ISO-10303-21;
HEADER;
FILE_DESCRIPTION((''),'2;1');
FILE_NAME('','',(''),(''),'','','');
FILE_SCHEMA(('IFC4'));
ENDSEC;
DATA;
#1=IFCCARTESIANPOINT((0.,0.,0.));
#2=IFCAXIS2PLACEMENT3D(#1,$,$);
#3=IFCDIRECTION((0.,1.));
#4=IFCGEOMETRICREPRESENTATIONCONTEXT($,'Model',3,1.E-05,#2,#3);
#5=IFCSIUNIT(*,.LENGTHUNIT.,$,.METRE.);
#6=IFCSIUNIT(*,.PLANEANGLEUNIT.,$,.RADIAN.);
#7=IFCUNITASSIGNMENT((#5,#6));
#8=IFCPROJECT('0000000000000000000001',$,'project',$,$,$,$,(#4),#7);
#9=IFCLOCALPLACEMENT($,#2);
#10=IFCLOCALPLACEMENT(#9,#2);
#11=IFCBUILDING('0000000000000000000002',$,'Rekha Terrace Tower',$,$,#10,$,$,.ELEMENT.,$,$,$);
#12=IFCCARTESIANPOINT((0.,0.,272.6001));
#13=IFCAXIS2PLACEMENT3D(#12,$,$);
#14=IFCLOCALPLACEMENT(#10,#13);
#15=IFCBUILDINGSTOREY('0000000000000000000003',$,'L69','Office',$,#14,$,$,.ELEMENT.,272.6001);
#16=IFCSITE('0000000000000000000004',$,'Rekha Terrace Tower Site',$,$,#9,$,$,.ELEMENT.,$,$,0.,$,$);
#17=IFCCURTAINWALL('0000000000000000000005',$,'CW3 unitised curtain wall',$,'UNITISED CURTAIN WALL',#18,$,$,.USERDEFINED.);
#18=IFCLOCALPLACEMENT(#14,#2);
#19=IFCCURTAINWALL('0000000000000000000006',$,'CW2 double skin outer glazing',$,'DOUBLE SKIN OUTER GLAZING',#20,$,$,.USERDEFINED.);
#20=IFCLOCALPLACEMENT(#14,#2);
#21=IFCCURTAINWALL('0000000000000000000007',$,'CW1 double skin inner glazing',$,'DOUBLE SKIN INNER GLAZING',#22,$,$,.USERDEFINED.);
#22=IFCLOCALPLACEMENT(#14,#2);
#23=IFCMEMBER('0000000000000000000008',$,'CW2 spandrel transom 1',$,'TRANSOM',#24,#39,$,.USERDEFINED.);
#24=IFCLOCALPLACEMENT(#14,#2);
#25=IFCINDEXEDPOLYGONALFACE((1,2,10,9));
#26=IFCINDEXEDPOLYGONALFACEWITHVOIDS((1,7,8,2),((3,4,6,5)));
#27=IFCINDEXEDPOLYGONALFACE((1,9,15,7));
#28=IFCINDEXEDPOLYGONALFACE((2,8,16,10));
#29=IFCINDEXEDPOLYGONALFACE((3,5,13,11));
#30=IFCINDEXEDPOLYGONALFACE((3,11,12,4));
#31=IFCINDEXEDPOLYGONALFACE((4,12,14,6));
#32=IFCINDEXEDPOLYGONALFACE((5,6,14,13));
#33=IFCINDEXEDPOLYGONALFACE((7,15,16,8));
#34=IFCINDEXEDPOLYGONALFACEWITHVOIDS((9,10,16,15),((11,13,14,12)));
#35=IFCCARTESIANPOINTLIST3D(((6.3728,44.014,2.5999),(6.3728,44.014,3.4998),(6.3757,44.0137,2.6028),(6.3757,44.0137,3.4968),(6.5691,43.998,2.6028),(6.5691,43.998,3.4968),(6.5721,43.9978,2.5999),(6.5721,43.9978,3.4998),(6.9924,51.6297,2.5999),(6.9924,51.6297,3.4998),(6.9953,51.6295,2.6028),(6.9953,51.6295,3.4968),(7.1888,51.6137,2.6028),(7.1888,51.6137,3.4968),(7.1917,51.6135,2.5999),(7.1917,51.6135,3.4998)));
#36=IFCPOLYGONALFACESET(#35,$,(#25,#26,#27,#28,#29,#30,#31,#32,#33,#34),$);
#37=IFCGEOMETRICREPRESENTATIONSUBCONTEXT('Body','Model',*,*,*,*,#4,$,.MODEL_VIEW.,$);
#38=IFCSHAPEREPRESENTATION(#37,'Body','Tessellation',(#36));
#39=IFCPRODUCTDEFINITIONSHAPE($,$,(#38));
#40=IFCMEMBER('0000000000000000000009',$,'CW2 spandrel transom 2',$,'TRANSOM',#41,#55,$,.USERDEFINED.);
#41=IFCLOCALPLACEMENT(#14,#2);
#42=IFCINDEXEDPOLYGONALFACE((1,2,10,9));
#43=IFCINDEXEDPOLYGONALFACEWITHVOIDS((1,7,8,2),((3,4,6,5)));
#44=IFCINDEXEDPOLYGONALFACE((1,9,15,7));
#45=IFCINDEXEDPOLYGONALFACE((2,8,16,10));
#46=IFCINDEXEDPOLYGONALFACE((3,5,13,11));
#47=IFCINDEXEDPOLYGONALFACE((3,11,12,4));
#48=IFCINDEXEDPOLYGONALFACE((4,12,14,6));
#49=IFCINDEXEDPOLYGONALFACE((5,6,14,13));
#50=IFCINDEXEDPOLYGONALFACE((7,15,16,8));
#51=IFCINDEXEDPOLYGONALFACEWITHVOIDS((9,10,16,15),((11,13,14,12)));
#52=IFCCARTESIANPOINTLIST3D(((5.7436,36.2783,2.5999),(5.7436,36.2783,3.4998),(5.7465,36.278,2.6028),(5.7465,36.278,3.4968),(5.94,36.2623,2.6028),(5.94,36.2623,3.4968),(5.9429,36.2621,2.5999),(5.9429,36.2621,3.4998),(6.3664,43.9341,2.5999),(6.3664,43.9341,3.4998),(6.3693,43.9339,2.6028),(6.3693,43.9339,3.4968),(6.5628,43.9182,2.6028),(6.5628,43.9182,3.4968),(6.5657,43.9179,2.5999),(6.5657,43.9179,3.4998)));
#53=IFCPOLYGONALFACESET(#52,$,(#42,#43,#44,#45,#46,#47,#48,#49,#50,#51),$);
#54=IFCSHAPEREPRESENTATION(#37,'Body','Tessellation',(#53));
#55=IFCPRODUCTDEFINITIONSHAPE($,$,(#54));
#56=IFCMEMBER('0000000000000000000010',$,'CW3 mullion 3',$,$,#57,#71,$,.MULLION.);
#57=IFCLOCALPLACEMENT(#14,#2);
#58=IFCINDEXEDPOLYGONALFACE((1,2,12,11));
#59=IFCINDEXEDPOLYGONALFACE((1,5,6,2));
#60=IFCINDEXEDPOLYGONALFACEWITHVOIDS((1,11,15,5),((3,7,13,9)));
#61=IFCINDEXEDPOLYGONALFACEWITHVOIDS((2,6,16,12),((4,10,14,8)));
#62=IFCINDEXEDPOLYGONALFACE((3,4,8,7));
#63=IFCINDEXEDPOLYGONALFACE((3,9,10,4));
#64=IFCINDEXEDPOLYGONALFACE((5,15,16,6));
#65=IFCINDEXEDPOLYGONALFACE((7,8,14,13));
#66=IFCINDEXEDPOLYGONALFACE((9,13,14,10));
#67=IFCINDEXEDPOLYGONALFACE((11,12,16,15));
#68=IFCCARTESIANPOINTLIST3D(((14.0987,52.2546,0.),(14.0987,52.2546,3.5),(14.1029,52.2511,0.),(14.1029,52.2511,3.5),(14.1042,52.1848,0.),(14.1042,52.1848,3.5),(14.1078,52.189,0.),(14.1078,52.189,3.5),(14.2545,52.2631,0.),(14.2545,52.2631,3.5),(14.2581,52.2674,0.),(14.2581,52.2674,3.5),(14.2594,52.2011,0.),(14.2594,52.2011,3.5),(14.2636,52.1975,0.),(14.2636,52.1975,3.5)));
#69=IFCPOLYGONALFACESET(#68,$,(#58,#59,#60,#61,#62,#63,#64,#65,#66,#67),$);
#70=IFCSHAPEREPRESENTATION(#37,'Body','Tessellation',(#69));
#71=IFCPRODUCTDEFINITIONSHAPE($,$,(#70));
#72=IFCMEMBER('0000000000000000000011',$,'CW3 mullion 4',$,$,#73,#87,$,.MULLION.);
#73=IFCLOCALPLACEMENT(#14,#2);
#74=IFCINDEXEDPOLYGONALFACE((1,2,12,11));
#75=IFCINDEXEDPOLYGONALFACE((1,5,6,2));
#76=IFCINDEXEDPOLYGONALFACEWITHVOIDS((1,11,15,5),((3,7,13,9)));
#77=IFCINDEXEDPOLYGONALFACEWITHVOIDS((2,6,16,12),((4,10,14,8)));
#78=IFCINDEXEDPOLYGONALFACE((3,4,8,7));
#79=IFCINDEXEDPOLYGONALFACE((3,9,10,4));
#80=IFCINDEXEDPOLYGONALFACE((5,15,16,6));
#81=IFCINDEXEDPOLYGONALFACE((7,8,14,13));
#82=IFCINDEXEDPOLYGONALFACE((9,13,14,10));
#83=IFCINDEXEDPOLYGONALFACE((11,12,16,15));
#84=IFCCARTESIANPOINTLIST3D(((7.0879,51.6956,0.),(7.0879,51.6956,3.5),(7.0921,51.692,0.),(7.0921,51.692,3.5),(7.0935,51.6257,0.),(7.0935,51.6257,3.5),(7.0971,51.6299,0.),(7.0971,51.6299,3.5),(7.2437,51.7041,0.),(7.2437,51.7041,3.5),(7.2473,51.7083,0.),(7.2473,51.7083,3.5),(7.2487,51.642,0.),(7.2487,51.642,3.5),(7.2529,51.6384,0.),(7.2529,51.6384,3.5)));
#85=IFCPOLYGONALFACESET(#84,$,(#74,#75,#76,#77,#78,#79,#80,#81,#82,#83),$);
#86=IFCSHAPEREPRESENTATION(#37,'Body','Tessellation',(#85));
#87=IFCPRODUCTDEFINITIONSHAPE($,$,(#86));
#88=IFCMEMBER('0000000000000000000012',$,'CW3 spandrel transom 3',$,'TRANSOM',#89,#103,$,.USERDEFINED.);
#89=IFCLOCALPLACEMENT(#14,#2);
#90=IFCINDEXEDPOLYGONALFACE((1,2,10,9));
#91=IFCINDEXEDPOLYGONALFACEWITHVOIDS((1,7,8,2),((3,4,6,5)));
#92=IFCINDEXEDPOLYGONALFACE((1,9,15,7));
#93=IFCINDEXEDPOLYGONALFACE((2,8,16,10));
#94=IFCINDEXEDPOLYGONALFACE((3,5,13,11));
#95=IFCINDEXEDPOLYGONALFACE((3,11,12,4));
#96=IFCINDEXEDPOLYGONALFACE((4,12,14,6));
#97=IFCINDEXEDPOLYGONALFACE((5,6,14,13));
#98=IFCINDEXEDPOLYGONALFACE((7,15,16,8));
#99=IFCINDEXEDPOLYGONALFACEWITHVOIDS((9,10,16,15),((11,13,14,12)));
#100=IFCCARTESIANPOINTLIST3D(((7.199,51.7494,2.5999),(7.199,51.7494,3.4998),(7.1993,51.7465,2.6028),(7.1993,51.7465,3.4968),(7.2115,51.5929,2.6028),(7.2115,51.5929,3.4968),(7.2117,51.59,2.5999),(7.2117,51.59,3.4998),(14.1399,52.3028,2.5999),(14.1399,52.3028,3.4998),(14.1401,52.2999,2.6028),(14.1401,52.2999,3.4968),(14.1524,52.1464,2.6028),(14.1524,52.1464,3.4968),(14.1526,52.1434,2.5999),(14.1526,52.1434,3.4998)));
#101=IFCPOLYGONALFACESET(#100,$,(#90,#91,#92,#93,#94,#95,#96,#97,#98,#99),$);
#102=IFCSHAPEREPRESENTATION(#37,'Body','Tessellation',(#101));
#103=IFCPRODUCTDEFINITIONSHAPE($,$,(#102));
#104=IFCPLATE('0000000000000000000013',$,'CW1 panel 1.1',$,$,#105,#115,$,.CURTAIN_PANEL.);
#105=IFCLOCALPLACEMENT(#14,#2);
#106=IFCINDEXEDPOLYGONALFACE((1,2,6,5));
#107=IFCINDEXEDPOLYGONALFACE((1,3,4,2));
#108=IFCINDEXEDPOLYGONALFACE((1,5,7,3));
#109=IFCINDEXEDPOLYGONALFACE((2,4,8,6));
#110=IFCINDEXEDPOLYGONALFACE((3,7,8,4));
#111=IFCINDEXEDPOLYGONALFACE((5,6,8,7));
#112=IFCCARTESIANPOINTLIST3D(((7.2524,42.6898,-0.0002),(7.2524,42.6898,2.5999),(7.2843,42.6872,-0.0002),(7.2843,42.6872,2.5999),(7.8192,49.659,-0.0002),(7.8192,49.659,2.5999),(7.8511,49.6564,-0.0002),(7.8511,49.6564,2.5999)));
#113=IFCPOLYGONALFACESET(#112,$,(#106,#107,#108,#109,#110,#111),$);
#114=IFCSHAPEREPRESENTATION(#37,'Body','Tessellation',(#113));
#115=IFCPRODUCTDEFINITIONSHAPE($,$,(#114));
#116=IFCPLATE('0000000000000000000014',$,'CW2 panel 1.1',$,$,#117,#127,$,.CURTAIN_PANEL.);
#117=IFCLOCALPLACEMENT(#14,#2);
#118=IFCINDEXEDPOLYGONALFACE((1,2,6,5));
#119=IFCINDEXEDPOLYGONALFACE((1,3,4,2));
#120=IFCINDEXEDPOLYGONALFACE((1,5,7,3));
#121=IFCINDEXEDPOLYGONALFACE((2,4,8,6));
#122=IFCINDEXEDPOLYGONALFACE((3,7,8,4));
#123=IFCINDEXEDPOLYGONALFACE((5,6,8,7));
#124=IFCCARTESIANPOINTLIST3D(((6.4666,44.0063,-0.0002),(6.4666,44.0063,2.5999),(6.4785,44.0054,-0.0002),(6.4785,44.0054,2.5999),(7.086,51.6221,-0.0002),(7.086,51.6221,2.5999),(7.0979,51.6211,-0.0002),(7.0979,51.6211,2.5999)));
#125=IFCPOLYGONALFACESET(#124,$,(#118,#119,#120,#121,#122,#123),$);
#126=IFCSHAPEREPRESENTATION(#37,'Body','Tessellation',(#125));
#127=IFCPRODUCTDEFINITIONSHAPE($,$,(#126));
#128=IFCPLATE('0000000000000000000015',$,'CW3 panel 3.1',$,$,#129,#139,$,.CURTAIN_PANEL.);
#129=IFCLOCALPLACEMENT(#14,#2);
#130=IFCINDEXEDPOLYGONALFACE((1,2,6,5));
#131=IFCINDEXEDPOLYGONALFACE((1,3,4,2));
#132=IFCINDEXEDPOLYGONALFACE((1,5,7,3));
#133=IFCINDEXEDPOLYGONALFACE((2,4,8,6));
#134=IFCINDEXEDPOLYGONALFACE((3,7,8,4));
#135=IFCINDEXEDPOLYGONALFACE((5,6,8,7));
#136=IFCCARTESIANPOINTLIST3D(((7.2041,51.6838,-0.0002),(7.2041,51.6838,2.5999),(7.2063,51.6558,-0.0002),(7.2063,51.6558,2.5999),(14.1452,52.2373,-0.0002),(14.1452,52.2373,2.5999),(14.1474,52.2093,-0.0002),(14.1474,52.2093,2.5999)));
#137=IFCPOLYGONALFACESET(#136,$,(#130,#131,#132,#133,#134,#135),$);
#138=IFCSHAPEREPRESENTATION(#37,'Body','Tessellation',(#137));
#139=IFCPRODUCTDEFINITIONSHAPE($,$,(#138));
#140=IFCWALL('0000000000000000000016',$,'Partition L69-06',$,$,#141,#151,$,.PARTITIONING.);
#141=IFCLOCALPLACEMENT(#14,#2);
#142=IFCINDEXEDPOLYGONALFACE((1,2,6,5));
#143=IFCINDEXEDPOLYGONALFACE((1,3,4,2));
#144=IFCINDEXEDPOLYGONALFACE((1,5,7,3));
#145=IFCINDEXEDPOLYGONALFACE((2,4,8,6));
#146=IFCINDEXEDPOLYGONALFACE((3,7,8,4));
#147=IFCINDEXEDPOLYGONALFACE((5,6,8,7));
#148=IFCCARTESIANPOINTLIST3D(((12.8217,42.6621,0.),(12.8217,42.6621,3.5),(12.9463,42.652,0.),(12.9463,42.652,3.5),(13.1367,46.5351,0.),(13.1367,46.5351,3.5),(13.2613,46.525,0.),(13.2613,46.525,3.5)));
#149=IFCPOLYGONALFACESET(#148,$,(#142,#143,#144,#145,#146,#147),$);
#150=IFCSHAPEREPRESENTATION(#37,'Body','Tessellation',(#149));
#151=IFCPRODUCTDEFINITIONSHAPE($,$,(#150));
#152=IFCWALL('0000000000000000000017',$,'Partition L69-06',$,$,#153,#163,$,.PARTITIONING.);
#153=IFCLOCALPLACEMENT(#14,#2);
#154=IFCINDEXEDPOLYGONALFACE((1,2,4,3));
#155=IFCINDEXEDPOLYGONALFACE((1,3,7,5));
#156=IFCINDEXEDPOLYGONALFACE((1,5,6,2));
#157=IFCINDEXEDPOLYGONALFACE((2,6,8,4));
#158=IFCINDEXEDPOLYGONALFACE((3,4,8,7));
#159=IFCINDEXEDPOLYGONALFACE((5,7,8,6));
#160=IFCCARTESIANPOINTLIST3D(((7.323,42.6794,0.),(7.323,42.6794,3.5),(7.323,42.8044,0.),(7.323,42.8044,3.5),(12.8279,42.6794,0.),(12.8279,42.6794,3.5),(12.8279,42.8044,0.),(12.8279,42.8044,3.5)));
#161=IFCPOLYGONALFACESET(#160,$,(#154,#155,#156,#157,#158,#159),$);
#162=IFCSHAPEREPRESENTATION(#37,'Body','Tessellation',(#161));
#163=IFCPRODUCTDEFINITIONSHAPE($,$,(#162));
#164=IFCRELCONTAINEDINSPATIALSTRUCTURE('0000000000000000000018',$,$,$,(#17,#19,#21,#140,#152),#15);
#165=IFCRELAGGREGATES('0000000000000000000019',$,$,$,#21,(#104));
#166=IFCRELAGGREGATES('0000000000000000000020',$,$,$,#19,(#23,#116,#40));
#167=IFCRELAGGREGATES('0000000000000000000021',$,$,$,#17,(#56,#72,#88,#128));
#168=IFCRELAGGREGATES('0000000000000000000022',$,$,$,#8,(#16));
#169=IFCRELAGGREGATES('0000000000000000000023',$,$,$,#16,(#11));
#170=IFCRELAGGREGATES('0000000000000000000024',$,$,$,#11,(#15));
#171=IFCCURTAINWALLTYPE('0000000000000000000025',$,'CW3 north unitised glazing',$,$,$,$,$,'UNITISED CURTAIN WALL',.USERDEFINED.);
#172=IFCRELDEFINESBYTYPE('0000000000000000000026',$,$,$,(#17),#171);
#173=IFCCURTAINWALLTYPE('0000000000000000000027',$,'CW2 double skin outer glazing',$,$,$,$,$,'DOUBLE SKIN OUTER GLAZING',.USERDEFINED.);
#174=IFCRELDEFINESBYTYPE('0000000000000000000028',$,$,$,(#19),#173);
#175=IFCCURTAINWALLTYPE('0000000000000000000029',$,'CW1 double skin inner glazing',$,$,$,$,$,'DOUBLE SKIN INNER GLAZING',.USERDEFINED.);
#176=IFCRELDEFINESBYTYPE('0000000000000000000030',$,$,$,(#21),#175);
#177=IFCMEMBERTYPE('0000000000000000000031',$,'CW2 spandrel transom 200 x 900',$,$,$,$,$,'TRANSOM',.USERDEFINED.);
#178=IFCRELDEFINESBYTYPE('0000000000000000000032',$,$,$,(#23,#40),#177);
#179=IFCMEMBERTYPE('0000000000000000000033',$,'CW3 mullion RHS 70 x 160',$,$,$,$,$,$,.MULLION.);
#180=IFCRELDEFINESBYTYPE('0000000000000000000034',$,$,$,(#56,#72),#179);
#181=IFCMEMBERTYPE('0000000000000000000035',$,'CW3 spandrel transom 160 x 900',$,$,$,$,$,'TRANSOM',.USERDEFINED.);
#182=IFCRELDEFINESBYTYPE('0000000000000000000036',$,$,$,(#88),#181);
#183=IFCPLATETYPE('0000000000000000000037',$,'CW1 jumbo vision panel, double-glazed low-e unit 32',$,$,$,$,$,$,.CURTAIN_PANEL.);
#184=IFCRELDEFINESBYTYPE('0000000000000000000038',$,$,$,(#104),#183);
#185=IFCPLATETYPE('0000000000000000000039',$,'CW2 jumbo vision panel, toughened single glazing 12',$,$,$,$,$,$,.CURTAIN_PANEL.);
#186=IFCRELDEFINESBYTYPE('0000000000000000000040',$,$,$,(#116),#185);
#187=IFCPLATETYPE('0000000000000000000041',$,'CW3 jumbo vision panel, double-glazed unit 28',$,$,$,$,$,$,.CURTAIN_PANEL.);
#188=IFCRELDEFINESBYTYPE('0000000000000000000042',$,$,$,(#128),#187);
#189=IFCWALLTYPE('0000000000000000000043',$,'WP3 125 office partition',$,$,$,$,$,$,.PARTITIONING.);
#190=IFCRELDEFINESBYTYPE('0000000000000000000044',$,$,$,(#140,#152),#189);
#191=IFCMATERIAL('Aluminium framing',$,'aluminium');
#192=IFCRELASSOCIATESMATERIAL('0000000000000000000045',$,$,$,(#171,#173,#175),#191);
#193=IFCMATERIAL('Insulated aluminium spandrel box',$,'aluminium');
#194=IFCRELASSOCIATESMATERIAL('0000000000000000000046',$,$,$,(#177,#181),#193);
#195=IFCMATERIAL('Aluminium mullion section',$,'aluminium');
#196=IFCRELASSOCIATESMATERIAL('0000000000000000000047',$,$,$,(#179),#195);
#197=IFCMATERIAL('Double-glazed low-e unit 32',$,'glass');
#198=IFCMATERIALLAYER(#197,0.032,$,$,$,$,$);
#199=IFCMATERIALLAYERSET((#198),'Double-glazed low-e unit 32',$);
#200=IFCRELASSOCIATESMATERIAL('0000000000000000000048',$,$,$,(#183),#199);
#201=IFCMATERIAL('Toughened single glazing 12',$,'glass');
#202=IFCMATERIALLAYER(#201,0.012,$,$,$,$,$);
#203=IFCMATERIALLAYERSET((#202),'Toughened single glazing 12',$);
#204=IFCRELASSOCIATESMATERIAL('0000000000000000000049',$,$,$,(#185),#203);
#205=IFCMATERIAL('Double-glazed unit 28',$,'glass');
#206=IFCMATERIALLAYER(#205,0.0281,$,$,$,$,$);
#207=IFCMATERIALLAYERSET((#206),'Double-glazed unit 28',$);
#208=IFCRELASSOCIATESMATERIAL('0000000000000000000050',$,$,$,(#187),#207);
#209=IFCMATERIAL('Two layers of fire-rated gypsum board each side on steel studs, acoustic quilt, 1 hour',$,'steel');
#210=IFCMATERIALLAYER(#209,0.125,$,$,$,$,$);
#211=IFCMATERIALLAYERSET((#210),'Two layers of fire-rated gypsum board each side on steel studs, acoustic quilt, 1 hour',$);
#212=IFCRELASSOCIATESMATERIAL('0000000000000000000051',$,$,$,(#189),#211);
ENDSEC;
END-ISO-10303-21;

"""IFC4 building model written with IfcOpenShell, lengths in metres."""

from ifc_helpers import new_model, si_unit, direction, frame, frame_2d, origin, origin_2d, place, context, subcontext, project, spatial, rectangle, hollow_rectangle, extrude, material, layer, layer_set, material_profile, profile_set, type_object, element, aggregate, save


model = new_model("IFC4")

# Units and contexts
model_context = context("Model", 3, precision=1e-05, world=origin(), true_north=direction((0.0, 1.0)))
body_context = subcontext(model_context, "Body", "Model", "MODEL_VIEW")
ifc_project = project(units=[si_unit("LENGTHUNIT", "METRE"), si_unit("PLANEANGLEUNIT", "RADIAN")], contexts=[model_context])

# Site, building, storey
site_placement = place(None, origin())
site = spatial("IfcSite", under=ifc_project, at=site_placement, Name="Rekha Terrace Tower Site", CompositionType="ELEMENT", RefElevation=0.0)
building_placement = place(site_placement, origin())
building = spatial("IfcBuilding", under=site, at=building_placement, Name="Rekha Terrace Tower", CompositionType="ELEMENT")
storey_placement = place(building_placement, frame((0.0, 0.0, 272.6001)))
storey = spatial("IfcBuildingStorey", under=building, at=storey_placement, Name="L69", Description="Office", CompositionType="ELEMENT", Elevation=272.6001)

# Curtain walls
ifc_material_1 = material(Name="Aluminium framing", Category="aluminium")
curtain_wall_type_1 = type_object("IfcCurtainWallType", Name="CW3 north unitised glazing", ElementType="UNITISED CURTAIN WALL", PredefinedType="USERDEFINED", material=ifc_material_1)
curtain_wall_1_placement = place(storey_placement, origin())
curtain_wall_1 = element("IfcCurtainWall", 1, at=curtain_wall_1_placement, inside=storey, type_object=curtain_wall_type_1, Name="CW3 unitised curtain wall", ObjectType="UNITISED CURTAIN WALL", PredefinedType="USERDEFINED")
curtain_wall_type_2 = type_object("IfcCurtainWallType", Name="CW2 double skin outer glazing", ElementType="DOUBLE SKIN OUTER GLAZING", PredefinedType="USERDEFINED", material=ifc_material_1)
curtain_wall_2_placement = place(storey_placement, origin())
curtain_wall_2 = element("IfcCurtainWall", 2, at=curtain_wall_2_placement, inside=storey, type_object=curtain_wall_type_2, Name="CW2 double skin outer glazing", ObjectType="DOUBLE SKIN OUTER GLAZING", PredefinedType="USERDEFINED")

# Curtain wall
curtain_wall_type_3 = type_object("IfcCurtainWallType", Name="CW1 double skin inner glazing", ElementType="DOUBLE SKIN INNER GLAZING", PredefinedType="USERDEFINED", material=ifc_material_1)
curtain_wall_3_placement = place(storey_placement, origin())
curtain_wall_3 = element("IfcCurtainWall", 3, at=curtain_wall_3_placement, inside=storey, type_object=curtain_wall_type_3, Name="CW1 double skin inner glazing", ObjectType="DOUBLE SKIN INNER GLAZING", PredefinedType="USERDEFINED")
ifc_material_2 = material(Name="Aluminium mullion section", Category="aluminium")
ifc_material_3 = material(Name="Insulated aluminium spandrel box", Category="aluminium")

# Members
ifc_material_profile_1 = material_profile(ifc_material_3, hollow_rectangle(XDim=0.2, YDim=0.8999, WallThickness=0.0029, at=origin_2d()), Name="AL SPANDREL BOX 200x900")
ifc_profile_set_1 = profile_set([ifc_material_profile_1], Name="Insulated aluminium spandrel box")
member_type_1 = type_object("IfcMemberType", Name="CW2 spandrel transom 200 x 900", ElementType="TRANSOM", PredefinedType="USERDEFINED", material=ifc_profile_set_1)
member_1_placement = place(storey_placement, frame((7.092, 51.6216, 3.0498), z_axis=(-0.081094, -0.996706, 0.0), x_axis=(0.996706, -0.081094, 0.0)))
member_1 = element("IfcMember", 4, at=member_1_placement, type_object=member_type_1, Name="CW2 spandrel transom 1", ObjectType="TRANSOM", PredefinedType="USERDEFINED", context=body_context, shape_type="SweptSolid", body=[
    extrude(hollow_rectangle(XDim=0.2, YDim=0.8999, WallThickness=0.0029, at=origin_2d()), origin(), (0.0, 0.0, 1.0), 7.6409),
])
member_2_placement = place(storey_placement, frame((6.4661, 43.926, 3.0498), z_axis=(-0.081083, -0.996707, 0.0), x_axis=(0.996707, -0.081083, 0.0)))
member_2 = element("IfcMember", 5, at=member_2_placement, type_object=member_type_1, Name="CW2 spandrel transom 2", ObjectType="TRANSOM", PredefinedType="USERDEFINED", context=body_context, shape_type="SweptSolid", body=[
    extrude(hollow_rectangle(XDim=0.2, YDim=0.8999, WallThickness=0.0029, at=origin_2d()), origin(), (0.0, 0.0, 1.0), 7.6812),
])
ifc_material_profile_2 = material_profile(ifc_material_2, hollow_rectangle(XDim=0.0701, YDim=0.1599, WallThickness=0.0039, at=origin_2d()), Name="AL RHS 70x160")
ifc_profile_set_2 = profile_set([ifc_material_profile_2], Name="Aluminium mullion section")
member_type_2 = type_object("IfcMemberType", Name="CW3 mullion RHS 70 x 160", PredefinedType="MULLION", material=ifc_profile_set_2)
member_3_placement = place(storey_placement, frame((14.1812, 52.2261, 0.0), z_axis=(0.0, 0.0, 1.0), x_axis=(0.079485, -0.996836, 0.0)))
member_3 = element("IfcMember", 6, at=member_3_placement, type_object=member_type_2, Name="CW3 mullion 3", PredefinedType="MULLION", context=body_context, shape_type="SweptSolid", body=[
    extrude(hollow_rectangle(XDim=0.0701, YDim=0.1599, WallThickness=0.0039, at=origin_2d()), origin(), (0.0, 0.0, 1.0), 3.5),
])
member_4_placement = place(storey_placement, frame((7.1704, 51.667, 0.0), z_axis=(0.0, 0.0, 1.0), x_axis=(0.079485, -0.996836, 0.0)))
member_4 = element("IfcMember", 7, at=member_4_placement, type_object=member_type_2, Name="CW3 mullion 4", PredefinedType="MULLION", context=body_context, shape_type="SweptSolid", body=[
    extrude(hollow_rectangle(XDim=0.0701, YDim=0.1599, WallThickness=0.0039, at=origin_2d()), origin(), (0.0, 0.0, 1.0), 3.5),
])
ifc_material_profile_3 = material_profile(ifc_material_3, hollow_rectangle(XDim=0.1599, YDim=0.8999, WallThickness=0.0029, at=origin_2d()), Name="AL SPANDREL BOX 160x900")
ifc_profile_set_3 = profile_set([ifc_material_profile_3], Name="Insulated aluminium spandrel box")
member_type_3 = type_object("IfcMemberType", Name="CW3 spandrel transom 160 x 900", ElementType="TRANSOM", PredefinedType="USERDEFINED", material=ifc_profile_set_3)
member_5_placement = place(storey_placement, frame((14.1462, 52.2231, 3.0498), z_axis=(-0.996836, -0.079487, 0.0), x_axis=(0.079487, -0.996836, 0.0)))
member_5 = element("IfcMember", 8, at=member_5_placement, type_object=member_type_3, Name="CW3 spandrel transom 3", ObjectType="TRANSOM", PredefinedType="USERDEFINED", context=body_context, shape_type="SweptSolid", body=[
    extrude(hollow_rectangle(XDim=0.1599, YDim=0.8999, WallThickness=0.0029, at=origin_2d()), origin(), (0.0, 0.0, 1.0), 6.9629),
])

# Plates
ifc_material_4 = material(Name="Double-glazed low-e unit 32", Category="glass")
ifc_layer_1 = layer(ifc_material_4, 0.032)
ifc_layer_set_1 = layer_set([ifc_layer_1], Name="Double-glazed low-e unit 32")
plate_type_1 = type_object("IfcPlateType", Name="CW1 jumbo vision panel, double-glazed low-e unit 32", PredefinedType="CURTAIN_PANEL", material=ifc_layer_set_1)
plate_1_placement = place(storey_placement, frame((7.5518, 46.1731, -0.0002), z_axis=(0.0, 0.0, 1.0), x_axis=(-0.081068, -0.996709, 0.0)))
plate_1 = element("IfcPlate", 9, at=plate_1_placement, type_object=plate_type_1, Name="CW1 panel 1.1", PredefinedType="CURTAIN_PANEL", context=body_context, shape_type="SweptSolid", body=[
    extrude(rectangle(XDim=6.9922, YDim=0.032, at=origin_2d()), origin(), (0.0, 0.0, 1.0), 2.6001),
])
aggregate(curtain_wall_3, [plate_1])
ifc_material_5 = material(Name="Toughened single glazing 12", Category="glass")
ifc_layer_2 = layer(ifc_material_5, 0.012)
ifc_layer_set_2 = layer_set([ifc_layer_2], Name="Toughened single glazing 12")
plate_type_2 = type_object("IfcPlateType", Name="CW2 jumbo vision panel, toughened single glazing 12", PredefinedType="CURTAIN_PANEL", material=ifc_layer_set_2)
plate_2_placement = place(storey_placement, frame((6.7822, 47.8137, -0.0002), z_axis=(0.0, 0.0, 1.0), x_axis=(-0.081068, -0.996709, 0.0)))
plate_2 = element("IfcPlate", 10, at=plate_2_placement, type_object=plate_type_2, Name="CW2 panel 1.1", PredefinedType="CURTAIN_PANEL", context=body_context, shape_type="SweptSolid", body=[
    extrude(rectangle(XDim=7.6409, YDim=0.012, at=origin_2d()), origin(), (0.0, 0.0, 1.0), 2.6001),
])
aggregate(curtain_wall_2, [member_1, plate_2, member_2])
ifc_material_6 = material(Name="Double-glazed unit 28", Category="glass")
ifc_layer_3 = layer(ifc_material_6, 0.0281)
ifc_layer_set_3 = layer_set([ifc_layer_3], Name="Double-glazed unit 28")
plate_type_3 = type_object("IfcPlateType", Name="CW3 jumbo vision panel, double-glazed unit 28", PredefinedType="CURTAIN_PANEL", material=ifc_layer_set_3)
plate_3_placement = place(storey_placement, frame((10.6758, 51.9465, -0.0002), z_axis=(0.0, 0.0, 1.0), x_axis=(-0.996836, -0.079485, 0.0)))
plate_3 = element("IfcPlate", 11, at=plate_3_placement, type_object=plate_type_3, Name="CW3 panel 3.1", PredefinedType="CURTAIN_PANEL", context=body_context, shape_type="SweptSolid", body=[
    extrude(rectangle(XDim=6.9631, YDim=0.0281, at=origin_2d()), origin(), (0.0, 0.0, 1.0), 2.6001),
])
aggregate(curtain_wall_1, [member_3, member_4, member_5, plate_3])

# Walls
ifc_material_7 = material(Name="Two layers of fire-rated gypsum board each side on steel studs, acoustic quilt, 1 hour", Category="steel")
ifc_layer_4 = layer(ifc_material_7, 0.125)
ifc_layer_set_4 = layer_set([ifc_layer_4], Name="Two layers of fire-rated gypsum board each side on steel studs, acoustic quilt, 1 hour")
wall_type = type_object("IfcWallType", Name="WP3 125 office partition", PredefinedType="PARTITIONING", material=ifc_layer_set_4)
wall_1_placement = place(storey_placement, frame((13.199, 46.53, 0.0), z_axis=(0.0, 0.0, 1.0), x_axis=(-0.081049, -0.99671, 0.0)))
element("IfcWall", 12, at=wall_1_placement, inside=storey, type_object=wall_type, Name="Partition L69-06", PredefinedType="PARTITIONING", context=body_context, shape_type="SweptSolid", body=[
    extrude(rectangle(XDim=3.8857, YDim=0.125, at=frame_2d((1.9429, 0.0))), origin(), (0.0, 0.0, 1.0), 3.5),
])
wall_2_placement = place(storey_placement, frame((12.8279, 42.7419, 0.0), z_axis=(0.0, 0.0, 1.0), x_axis=(-1.0, 0.0, 0.0)))
element("IfcWall", 13, at=wall_2_placement, inside=storey, type_object=wall_type, Name="Partition L69-06", PredefinedType="PARTITIONING", context=body_context, shape_type="SweptSolid", body=[
    extrude(rectangle(XDim=5.5049, YDim=0.125, at=frame_2d((2.7524, 0.0))), origin(), (0.0, 0.0, 1.0), 3.5),
])

save(model, "model.ifc")
